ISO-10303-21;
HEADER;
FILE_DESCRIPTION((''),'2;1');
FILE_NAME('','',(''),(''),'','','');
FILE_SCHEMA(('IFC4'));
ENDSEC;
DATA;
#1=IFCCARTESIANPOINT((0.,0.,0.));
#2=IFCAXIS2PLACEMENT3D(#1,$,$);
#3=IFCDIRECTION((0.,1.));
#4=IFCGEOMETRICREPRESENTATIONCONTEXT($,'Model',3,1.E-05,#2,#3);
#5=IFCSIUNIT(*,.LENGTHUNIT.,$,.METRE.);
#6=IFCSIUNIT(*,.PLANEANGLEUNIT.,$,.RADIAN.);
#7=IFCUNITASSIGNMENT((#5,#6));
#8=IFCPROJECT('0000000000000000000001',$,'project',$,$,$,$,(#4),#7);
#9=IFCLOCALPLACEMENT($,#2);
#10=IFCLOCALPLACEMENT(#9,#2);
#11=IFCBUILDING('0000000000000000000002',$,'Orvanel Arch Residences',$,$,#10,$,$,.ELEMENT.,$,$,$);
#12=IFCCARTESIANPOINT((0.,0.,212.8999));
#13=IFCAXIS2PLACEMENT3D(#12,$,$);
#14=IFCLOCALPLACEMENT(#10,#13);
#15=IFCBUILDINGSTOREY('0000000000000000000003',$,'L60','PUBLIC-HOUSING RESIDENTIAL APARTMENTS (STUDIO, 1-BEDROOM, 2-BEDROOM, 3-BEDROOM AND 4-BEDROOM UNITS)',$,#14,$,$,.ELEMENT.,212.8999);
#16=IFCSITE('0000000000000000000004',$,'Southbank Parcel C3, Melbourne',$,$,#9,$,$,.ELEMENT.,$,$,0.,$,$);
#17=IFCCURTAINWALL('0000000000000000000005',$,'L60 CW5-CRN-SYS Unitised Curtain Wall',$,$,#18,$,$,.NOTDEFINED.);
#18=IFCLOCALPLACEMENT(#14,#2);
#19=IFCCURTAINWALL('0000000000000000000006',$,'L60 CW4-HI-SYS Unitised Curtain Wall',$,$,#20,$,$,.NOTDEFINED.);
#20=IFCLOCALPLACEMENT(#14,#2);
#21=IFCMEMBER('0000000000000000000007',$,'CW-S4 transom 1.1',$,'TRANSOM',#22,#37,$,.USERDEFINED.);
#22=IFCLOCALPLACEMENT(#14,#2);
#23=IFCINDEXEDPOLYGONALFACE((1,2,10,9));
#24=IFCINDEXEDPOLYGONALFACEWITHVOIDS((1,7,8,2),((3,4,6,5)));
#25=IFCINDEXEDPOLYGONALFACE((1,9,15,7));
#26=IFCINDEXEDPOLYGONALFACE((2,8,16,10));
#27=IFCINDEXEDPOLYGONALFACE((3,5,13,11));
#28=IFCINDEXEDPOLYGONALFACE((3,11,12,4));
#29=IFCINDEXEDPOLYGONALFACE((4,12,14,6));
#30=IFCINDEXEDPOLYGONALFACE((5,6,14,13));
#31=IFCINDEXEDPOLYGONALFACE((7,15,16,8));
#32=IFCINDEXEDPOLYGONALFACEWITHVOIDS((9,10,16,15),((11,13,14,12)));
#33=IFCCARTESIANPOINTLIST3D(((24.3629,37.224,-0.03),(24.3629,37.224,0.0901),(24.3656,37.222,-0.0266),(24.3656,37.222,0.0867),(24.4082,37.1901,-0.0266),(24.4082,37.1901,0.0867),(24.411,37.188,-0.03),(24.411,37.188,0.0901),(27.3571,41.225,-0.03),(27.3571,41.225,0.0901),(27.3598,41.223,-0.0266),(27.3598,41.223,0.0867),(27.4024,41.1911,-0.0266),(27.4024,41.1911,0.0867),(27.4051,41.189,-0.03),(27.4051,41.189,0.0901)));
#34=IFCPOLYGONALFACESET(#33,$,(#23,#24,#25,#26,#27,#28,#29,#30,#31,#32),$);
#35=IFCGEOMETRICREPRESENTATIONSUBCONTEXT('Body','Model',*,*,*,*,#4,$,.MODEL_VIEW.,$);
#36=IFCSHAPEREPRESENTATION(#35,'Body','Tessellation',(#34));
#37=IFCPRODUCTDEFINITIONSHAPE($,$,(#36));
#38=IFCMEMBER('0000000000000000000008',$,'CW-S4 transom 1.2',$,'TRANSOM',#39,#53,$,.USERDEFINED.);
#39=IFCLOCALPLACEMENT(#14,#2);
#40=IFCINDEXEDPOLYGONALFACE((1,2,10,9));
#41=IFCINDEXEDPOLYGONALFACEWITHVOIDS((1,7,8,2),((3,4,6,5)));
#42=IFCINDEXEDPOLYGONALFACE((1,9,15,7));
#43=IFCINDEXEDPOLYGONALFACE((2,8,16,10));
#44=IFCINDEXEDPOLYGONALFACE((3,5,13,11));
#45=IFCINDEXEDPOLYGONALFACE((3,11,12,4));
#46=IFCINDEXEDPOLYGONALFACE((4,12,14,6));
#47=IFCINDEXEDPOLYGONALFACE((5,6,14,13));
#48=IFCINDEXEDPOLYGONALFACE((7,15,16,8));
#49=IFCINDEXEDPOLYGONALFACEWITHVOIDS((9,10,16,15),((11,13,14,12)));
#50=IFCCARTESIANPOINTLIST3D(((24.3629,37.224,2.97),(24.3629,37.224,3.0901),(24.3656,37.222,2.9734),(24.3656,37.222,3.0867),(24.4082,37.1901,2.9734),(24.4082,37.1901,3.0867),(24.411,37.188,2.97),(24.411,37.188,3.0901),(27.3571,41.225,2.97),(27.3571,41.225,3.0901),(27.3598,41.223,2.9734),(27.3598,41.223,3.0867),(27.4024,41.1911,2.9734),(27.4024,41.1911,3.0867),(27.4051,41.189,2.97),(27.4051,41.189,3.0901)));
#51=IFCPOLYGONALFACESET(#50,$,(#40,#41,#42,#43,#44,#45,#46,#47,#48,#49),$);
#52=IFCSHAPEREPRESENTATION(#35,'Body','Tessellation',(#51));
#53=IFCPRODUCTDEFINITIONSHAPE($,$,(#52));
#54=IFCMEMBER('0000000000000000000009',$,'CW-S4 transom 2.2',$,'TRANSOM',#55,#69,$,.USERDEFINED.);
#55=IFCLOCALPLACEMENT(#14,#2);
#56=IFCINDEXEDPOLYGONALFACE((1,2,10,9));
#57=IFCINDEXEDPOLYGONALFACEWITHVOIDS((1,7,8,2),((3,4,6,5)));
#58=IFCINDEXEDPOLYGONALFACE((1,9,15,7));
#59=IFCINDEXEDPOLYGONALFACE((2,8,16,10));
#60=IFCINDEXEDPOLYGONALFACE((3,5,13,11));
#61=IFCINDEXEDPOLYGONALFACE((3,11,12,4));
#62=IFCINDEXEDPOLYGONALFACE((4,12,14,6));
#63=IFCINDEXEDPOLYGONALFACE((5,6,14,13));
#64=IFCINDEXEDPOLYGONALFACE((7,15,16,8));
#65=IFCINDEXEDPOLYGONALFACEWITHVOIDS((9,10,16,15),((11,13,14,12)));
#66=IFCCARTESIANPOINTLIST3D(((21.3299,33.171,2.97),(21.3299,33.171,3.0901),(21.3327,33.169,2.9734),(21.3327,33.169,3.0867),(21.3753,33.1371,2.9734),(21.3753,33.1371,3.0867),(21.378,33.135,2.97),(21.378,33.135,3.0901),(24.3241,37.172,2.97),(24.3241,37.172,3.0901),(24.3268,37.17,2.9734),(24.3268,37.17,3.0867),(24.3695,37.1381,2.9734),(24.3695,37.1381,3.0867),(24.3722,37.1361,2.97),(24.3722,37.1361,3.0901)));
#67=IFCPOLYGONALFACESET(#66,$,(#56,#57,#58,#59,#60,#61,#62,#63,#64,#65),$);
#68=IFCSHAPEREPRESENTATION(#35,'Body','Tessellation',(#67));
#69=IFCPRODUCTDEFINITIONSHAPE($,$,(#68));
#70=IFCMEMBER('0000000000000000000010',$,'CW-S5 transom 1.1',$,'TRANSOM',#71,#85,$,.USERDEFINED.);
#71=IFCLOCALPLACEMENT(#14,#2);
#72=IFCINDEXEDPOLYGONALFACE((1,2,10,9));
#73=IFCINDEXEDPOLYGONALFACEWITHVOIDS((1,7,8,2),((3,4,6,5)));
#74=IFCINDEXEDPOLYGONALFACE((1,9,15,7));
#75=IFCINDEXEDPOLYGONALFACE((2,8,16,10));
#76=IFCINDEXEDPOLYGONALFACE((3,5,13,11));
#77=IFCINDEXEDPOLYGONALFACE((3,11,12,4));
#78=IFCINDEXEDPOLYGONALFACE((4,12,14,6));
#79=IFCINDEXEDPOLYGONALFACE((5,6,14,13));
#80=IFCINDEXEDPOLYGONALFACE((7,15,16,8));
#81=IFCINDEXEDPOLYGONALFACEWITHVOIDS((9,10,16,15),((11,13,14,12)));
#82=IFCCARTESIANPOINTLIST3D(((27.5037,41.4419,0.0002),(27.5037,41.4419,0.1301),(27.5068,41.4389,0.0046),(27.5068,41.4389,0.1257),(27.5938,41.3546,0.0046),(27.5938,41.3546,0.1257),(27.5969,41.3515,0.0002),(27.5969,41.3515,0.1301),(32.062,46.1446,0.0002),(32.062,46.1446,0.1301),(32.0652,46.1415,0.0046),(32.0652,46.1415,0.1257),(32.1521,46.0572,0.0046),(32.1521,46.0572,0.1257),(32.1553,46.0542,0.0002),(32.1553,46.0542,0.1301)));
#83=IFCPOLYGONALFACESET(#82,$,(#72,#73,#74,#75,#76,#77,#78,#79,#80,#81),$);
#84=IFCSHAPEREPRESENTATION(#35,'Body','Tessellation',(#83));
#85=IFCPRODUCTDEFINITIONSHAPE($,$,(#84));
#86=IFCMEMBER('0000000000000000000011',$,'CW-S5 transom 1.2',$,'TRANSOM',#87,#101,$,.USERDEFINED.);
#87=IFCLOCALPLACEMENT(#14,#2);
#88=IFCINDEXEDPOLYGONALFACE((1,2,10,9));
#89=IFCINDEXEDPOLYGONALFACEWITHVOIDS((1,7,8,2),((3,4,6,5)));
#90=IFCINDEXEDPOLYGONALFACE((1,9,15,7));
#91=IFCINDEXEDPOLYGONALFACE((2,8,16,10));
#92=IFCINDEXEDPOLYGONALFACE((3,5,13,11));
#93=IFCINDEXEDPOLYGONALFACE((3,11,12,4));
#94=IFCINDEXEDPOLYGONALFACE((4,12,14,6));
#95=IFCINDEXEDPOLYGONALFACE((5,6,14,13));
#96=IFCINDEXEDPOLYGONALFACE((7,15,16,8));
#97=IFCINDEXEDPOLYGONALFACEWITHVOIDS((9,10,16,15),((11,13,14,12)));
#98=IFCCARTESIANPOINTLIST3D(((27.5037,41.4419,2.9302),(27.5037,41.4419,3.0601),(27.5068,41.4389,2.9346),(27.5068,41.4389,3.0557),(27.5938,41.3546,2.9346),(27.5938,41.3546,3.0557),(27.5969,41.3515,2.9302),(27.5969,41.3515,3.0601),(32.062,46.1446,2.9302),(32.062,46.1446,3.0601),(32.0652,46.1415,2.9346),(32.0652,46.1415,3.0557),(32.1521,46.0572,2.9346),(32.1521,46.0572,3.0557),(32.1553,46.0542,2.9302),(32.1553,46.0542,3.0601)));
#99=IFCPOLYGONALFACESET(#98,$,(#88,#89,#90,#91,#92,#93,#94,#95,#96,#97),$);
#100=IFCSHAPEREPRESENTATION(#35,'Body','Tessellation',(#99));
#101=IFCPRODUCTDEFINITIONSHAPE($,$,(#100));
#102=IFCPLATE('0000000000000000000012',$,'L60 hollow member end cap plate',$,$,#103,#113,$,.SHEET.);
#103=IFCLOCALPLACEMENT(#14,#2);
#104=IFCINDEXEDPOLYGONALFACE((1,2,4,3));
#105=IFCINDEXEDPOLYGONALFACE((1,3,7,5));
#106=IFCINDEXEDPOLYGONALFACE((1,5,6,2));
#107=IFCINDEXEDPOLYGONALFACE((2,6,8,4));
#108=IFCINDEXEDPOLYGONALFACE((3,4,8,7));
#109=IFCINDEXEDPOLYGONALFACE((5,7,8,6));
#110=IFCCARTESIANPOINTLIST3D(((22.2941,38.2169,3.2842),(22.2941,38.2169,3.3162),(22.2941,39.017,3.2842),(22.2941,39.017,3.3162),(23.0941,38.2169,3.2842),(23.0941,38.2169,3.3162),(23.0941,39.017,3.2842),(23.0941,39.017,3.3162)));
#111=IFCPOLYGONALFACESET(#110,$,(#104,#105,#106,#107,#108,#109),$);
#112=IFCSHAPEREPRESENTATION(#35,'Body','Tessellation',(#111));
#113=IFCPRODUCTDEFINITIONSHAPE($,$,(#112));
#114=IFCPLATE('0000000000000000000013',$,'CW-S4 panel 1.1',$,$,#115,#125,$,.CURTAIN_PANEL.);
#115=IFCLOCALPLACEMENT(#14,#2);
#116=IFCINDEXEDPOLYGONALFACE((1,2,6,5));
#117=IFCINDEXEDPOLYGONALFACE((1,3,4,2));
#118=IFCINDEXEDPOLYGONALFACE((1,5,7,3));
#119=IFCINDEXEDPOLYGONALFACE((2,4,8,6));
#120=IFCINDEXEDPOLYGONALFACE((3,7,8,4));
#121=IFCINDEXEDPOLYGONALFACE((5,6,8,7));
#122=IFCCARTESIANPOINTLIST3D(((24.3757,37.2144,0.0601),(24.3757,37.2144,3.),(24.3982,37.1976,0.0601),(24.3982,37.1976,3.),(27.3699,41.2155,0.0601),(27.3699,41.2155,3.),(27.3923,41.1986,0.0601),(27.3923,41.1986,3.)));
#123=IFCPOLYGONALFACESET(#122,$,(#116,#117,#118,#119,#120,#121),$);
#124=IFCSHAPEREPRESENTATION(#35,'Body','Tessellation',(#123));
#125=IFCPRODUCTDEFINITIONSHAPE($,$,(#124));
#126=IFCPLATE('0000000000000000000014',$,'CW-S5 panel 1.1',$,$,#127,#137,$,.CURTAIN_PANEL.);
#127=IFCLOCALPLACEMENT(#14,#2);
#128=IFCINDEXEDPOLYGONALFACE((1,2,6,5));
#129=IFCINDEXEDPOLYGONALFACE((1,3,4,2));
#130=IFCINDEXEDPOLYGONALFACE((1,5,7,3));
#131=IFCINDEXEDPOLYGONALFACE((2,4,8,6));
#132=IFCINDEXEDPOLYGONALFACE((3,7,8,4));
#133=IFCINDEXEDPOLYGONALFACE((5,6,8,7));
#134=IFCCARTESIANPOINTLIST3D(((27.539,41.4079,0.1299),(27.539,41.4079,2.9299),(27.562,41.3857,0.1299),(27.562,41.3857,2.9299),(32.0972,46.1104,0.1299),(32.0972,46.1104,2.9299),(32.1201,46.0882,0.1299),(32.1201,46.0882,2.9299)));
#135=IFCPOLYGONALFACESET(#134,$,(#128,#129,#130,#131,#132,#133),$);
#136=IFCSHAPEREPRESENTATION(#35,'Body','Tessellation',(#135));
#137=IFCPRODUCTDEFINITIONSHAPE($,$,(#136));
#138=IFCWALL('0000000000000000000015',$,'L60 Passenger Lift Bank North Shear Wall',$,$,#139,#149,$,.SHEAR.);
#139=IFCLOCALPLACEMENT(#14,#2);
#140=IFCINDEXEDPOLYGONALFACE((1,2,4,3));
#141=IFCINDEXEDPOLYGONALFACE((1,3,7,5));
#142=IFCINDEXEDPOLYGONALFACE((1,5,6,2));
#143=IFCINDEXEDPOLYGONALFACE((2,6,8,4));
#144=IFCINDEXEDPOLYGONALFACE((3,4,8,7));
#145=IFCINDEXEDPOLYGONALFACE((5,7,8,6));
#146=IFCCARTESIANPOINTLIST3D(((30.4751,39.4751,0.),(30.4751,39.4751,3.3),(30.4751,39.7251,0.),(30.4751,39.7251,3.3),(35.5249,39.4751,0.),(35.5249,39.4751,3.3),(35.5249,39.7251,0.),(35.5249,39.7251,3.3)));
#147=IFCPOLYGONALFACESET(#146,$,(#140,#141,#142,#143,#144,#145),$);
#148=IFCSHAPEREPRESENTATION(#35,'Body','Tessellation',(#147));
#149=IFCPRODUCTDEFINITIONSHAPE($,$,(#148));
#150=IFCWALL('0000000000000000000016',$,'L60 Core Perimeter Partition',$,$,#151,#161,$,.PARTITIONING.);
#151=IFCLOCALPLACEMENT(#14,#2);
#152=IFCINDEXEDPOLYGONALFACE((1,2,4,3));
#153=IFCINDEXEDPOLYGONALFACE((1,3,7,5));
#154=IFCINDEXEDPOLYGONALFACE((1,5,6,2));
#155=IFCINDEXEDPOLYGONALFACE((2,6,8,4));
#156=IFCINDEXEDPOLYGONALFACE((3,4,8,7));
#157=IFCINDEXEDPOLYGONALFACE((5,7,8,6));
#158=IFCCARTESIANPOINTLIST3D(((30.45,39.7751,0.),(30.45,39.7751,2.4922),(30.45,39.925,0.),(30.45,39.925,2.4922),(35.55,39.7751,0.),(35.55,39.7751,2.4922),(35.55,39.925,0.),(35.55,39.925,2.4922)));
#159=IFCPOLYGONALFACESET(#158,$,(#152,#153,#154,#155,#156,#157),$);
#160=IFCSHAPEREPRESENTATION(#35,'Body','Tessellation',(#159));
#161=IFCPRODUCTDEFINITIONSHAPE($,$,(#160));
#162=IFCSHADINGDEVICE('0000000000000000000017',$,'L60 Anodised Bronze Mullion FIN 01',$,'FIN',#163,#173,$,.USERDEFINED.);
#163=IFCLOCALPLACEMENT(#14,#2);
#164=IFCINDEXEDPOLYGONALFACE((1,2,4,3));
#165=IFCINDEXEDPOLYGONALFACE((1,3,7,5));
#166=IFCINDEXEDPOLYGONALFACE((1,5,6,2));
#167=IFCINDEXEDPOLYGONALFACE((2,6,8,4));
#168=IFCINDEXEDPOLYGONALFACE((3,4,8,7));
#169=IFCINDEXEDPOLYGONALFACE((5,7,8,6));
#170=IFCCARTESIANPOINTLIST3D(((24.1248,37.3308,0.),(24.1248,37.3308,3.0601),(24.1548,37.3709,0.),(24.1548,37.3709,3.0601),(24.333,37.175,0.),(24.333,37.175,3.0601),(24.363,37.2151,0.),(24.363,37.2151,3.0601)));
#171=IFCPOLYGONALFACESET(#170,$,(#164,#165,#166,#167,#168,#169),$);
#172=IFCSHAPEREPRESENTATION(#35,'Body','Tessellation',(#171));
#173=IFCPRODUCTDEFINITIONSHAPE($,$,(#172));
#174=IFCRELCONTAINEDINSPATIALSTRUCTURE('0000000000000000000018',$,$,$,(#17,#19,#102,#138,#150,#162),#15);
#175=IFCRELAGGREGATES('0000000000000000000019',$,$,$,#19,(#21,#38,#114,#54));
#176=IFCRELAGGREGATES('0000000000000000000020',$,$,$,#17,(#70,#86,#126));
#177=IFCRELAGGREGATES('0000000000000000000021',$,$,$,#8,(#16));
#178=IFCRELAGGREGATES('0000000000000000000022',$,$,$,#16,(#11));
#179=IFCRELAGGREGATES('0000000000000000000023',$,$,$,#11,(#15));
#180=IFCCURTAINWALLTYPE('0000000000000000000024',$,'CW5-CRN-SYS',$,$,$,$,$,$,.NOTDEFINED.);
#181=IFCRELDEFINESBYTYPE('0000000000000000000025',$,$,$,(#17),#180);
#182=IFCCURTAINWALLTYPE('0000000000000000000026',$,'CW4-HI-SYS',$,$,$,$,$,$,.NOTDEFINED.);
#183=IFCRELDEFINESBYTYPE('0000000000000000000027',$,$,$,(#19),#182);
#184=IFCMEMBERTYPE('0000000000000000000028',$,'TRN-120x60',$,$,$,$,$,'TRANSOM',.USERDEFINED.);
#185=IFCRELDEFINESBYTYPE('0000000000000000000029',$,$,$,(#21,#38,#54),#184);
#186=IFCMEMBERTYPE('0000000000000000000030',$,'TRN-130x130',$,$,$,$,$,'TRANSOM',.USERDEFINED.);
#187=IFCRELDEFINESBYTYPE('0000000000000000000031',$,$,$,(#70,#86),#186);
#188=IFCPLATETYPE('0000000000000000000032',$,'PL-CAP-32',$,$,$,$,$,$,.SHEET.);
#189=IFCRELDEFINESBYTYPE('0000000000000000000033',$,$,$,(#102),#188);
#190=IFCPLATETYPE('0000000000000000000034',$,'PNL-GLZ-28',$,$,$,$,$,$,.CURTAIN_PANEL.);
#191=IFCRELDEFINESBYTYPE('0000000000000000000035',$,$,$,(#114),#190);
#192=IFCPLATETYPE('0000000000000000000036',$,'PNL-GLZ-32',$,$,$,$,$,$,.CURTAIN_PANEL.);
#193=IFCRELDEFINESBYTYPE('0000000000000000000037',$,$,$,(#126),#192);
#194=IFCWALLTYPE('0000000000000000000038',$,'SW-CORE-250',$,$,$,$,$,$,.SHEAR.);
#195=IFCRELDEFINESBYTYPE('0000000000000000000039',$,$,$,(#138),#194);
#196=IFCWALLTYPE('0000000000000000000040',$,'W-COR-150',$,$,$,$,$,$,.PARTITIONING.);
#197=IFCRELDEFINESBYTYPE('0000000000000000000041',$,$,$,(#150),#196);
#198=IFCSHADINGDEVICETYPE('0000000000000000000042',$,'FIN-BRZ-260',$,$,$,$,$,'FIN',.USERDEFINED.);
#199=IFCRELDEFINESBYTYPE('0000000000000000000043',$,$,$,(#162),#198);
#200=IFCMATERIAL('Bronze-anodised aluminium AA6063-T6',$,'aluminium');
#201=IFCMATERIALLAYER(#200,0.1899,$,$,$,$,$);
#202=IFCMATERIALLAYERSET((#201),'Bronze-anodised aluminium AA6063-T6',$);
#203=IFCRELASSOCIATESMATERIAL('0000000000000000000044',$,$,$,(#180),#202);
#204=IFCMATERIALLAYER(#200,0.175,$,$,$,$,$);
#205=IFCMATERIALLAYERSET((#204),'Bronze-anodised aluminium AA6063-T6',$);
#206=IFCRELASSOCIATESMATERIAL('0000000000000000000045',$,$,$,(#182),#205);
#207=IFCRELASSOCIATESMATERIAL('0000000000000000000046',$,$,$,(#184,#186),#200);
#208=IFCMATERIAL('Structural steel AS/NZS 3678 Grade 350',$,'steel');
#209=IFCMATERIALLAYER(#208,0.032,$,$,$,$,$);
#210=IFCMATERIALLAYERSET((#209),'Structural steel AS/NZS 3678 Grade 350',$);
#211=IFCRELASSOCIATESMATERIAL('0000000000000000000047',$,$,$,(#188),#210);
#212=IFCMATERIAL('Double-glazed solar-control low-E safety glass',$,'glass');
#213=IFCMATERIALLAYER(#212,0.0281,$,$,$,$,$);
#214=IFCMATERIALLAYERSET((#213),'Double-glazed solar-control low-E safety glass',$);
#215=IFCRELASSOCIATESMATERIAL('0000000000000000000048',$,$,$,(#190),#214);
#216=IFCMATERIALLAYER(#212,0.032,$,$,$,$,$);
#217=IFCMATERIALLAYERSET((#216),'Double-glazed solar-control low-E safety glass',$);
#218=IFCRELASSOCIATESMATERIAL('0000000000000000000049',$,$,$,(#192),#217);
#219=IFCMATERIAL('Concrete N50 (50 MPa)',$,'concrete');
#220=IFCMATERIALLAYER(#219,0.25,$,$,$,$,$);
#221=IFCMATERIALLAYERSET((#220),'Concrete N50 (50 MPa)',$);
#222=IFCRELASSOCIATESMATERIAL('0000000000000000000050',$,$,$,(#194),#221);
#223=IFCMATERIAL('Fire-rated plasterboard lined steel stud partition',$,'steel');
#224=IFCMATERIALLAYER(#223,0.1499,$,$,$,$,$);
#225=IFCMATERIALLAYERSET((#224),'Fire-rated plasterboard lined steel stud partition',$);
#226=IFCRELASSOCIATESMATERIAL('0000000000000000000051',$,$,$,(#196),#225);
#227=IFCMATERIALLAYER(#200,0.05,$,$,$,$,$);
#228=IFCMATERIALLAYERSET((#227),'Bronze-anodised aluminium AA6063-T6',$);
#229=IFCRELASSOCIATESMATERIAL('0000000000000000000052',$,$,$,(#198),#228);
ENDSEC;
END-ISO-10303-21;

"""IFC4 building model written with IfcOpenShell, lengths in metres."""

from ifc_helpers import new_model, si_unit, direction, frame, frame_2d, origin, origin_2d, place, context, subcontext, project, spatial, rectangle, hollow_rectangle, extrude, material, layer, layer_set, material_profile, profile_set, type_object, element, aggregate, save


model = new_model("IFC4")

# Units and contexts
model_context = context("Model", 3, precision=1e-05, world=origin(), true_north=direction((0.0, 1.0)))
body_context = subcontext(model_context, "Body", "Model", "MODEL_VIEW")
ifc_project = project(units=[si_unit("LENGTHUNIT", "METRE"), si_unit("PLANEANGLEUNIT", "RADIAN")], contexts=[model_context])

# Site, building, storey
site_placement = place(None, origin())
site = spatial("IfcSite", under=ifc_project, at=site_placement, Name="Southbank Parcel C3, Melbourne", CompositionType="ELEMENT", RefElevation=0.0)
building_placement = place(site_placement, origin())
building = spatial("IfcBuilding", under=site, at=building_placement, Name="Orvanel Arch Residences", CompositionType="ELEMENT")
storey_placement = place(building_placement, frame((0.0, 0.0, 212.8999)))
storey = spatial("IfcBuildingStorey", under=building, at=storey_placement, Name="L60", Description="PUBLIC-HOUSING RESIDENTIAL APARTMENTS (STUDIO, 1-BEDROOM, 2-BEDROOM, 3-BEDROOM AND 4-BEDROOM UNITS)", CompositionType="ELEMENT", Elevation=212.8999)

# Shared definitions
ifc_material_1 = material(Name="Bronze-anodised aluminium AA6063-T6", Category="aluminium")
ifc_layer_1 = layer(ifc_material_1, 0.1899)
ifc_layer_set_1 = layer_set([ifc_layer_1], Name="Bronze-anodised aluminium AA6063-T6")
curtain_wall_type_1 = type_object("IfcCurtainWallType", Name="CW5-CRN-SYS", PredefinedType="NOTDEFINED", material=ifc_layer_set_1)

# Curtain walls
curtain_wall_1_placement = place(storey_placement, origin())
curtain_wall_1 = element("IfcCurtainWall", 1, at=curtain_wall_1_placement, inside=storey, type_object=curtain_wall_type_1, Name="L60 CW5-CRN-SYS Unitised Curtain Wall", PredefinedType="NOTDEFINED")
ifc_layer_2 = layer(ifc_material_1, 0.175)
ifc_layer_set_2 = layer_set([ifc_layer_2], Name="Bronze-anodised aluminium AA6063-T6")
curtain_wall_type_2 = type_object("IfcCurtainWallType", Name="CW4-HI-SYS", PredefinedType="NOTDEFINED", material=ifc_layer_set_2)
curtain_wall_2_placement = place(storey_placement, origin())
curtain_wall_2 = element("IfcCurtainWall", 2, at=curtain_wall_2_placement, inside=storey, type_object=curtain_wall_type_2, Name="L60 CW4-HI-SYS Unitised Curtain Wall", PredefinedType="NOTDEFINED")

# Members
ifc_material_profile_1 = material_profile(ifc_material_1, hollow_rectangle(XDim=0.0601, YDim=0.1201, WallThickness=0.0034, at=origin_2d()), Name="ALU120x60x3.5")
ifc_profile_set_1 = profile_set([ifc_material_profile_1], Name="Bronze-anodised aluminium AA6063-T6")
member_type_1 = type_object("IfcMemberType", Name="TRN-120x60", ElementType="TRANSOM", PredefinedType="USERDEFINED", material=ifc_profile_set_1)
member_1_placement = place(storey_placement, frame((27.3811, 41.207, 0.03), z_axis=(-0.599155, -0.800633, 0.0), x_axis=(0.800633, -0.599155, 0.0)))
member_1 = element("IfcMember", 3, at=member_1_placement, type_object=member_type_1, Name="CW-S4 transom 1.1", ObjectType="TRANSOM", PredefinedType="USERDEFINED", context=body_context, shape_type="SweptSolid", body=[
    extrude(hollow_rectangle(XDim=0.0601, YDim=0.1201, WallThickness=0.0034, at=origin_2d()), origin(), (0.0, 0.0, 1.0), 4.9973),
])
member_2_placement = place(storey_placement, frame((27.3811, 41.207, 3.03), z_axis=(-0.599155, -0.800633, 0.0), x_axis=(0.800633, -0.599155, 0.0)))
member_2 = element("IfcMember", 4, at=member_2_placement, type_object=member_type_1, Name="CW-S4 transom 1.2", ObjectType="TRANSOM", PredefinedType="USERDEFINED", context=body_context, shape_type="SweptSolid", body=[
    extrude(hollow_rectangle(XDim=0.0601, YDim=0.1201, WallThickness=0.0034, at=origin_2d()), origin(), (0.0, 0.0, 1.0), 4.9973),
])
member_3_placement = place(storey_placement, frame((24.3481, 37.1541, 3.03), z_axis=(-0.599155, -0.800633, 0.0), x_axis=(0.800633, -0.599155, 0.0)))
member_3 = element("IfcMember", 5, at=member_3_placement, type_object=member_type_1, Name="CW-S4 transom 2.2", ObjectType="TRANSOM", PredefinedType="USERDEFINED", context=body_context, shape_type="SweptSolid", body=[
    extrude(hollow_rectangle(XDim=0.0601, YDim=0.1201, WallThickness=0.0034, at=origin_2d()), origin(), (0.0, 0.0, 1.0), 4.9973),
])
ifc_material_profile_2 = material_profile(ifc_material_1, hollow_rectangle(XDim=0.1299, YDim=0.1299, WallThickness=0.0044, at=origin_2d()), Name="ALU130x130x4.5")
ifc_profile_set_2 = profile_set([ifc_material_profile_2], Name="Bronze-anodised aluminium AA6063-T6")
member_type_2 = type_object("IfcMemberType", Name="TRN-130x130", ElementType="TRANSOM", PredefinedType="USERDEFINED", material=ifc_profile_set_2)
member_4_placement = place(storey_placement, frame((32.1086, 46.0994, 0.0652), z_axis=(-0.696006, -0.718036, 0.0), x_axis=(0.718036, -0.696006, 0.0)))
member_4 = element("IfcMember", 6, at=member_4_placement, type_object=member_type_2, Name="CW-S5 transom 1.1", ObjectType="TRANSOM", PredefinedType="USERDEFINED", context=body_context, shape_type="SweptSolid", body=[
    extrude(hollow_rectangle(XDim=0.1299, YDim=0.1299, WallThickness=0.0044, at=origin_2d()), origin(), (0.0, 0.0, 1.0), 6.5493),
])
member_5_placement = place(storey_placement, frame((32.1086, 46.0994, 2.9951), z_axis=(-0.696006, -0.718036, 0.0), x_axis=(0.718036, -0.696006, 0.0)))
member_5 = element("IfcMember", 7, at=member_5_placement, type_object=member_type_2, Name="CW-S5 transom 1.2", ObjectType="TRANSOM", PredefinedType="USERDEFINED", context=body_context, shape_type="SweptSolid", body=[
    extrude(hollow_rectangle(XDim=0.1299, YDim=0.1299, WallThickness=0.0044, at=origin_2d()), origin(), (0.0, 0.0, 1.0), 6.5493),
])

# Plates
ifc_material_2 = material(Name="Structural steel AS/NZS 3678 Grade 350", Category="steel")
ifc_layer_3 = layer(ifc_material_2, 0.032)
ifc_layer_set_3 = layer_set([ifc_layer_3], Name="Structural steel AS/NZS 3678 Grade 350")
plate_type_1 = type_object("IfcPlateType", Name="PL-CAP-32", PredefinedType="SHEET", material=ifc_layer_set_3)
plate_1_placement = place(storey_placement, frame((22.6941, 38.6169, 3.2842), z_axis=(0.0, 0.0, 1.0), x_axis=(1.0, 0.0, 0.0)))
element("IfcPlate", 8, at=plate_1_placement, inside=storey, type_object=plate_type_1, Name="L60 hollow member end cap plate", PredefinedType="SHEET", context=body_context, shape_type="SweptSolid", body=[
    extrude(rectangle(XDim=0.8, YDim=0.8, at=origin_2d()), origin(), (0.0, 0.0, 1.0), 0.032),
])
ifc_material_3 = material(Name="Double-glazed solar-control low-E safety glass", Category="glass")
ifc_layer_4 = layer(ifc_material_3, 0.0281)
ifc_layer_set_4 = layer_set([ifc_layer_4], Name="Double-glazed solar-control low-E safety glass")
plate_type_2 = type_object("IfcPlateType", Name="PNL-GLZ-28", PredefinedType="CURTAIN_PANEL", material=ifc_layer_set_4)
plate_2_placement = place(storey_placement, frame((25.884, 39.2065, 0.0601), z_axis=(0.0, 0.0, 1.0), x_axis=(-0.599152, -0.800636, 0.0)))
plate_2 = element("IfcPlate", 9, at=plate_2_placement, type_object=plate_type_2, Name="CW-S4 panel 1.1", PredefinedType="CURTAIN_PANEL", context=body_context, shape_type="SweptSolid", body=[
    extrude(rectangle(XDim=4.9973, YDim=0.0281, at=origin_2d()), origin(), (0.0, 0.0, 1.0), 2.9399),
])
aggregate(curtain_wall_2, [member_1, member_2, plate_2, member_3])
ifc_layer_5 = layer(ifc_material_3, 0.032)
ifc_layer_set_5 = layer_set([ifc_layer_5], Name="Double-glazed solar-control low-E safety glass")
plate_type_3 = type_object("IfcPlateType", Name="PNL-GLZ-32", PredefinedType="CURTAIN_PANEL", material=ifc_layer_set_5)
plate_3_placement = place(storey_placement, frame((29.8296, 43.748, 0.1299), z_axis=(0.0, 0.0, 1.0), x_axis=(-0.695998, -0.718044, 0.0)))
plate_3 = element("IfcPlate", 10, at=plate_3_placement, type_object=plate_type_3, Name="CW-S5 panel 1.1", PredefinedType="CURTAIN_PANEL", context=body_context, shape_type="SweptSolid", body=[
    extrude(rectangle(XDim=6.5491, YDim=0.032, at=origin_2d()), origin(), (0.0, 0.0, 1.0), 2.8),
])
aggregate(curtain_wall_1, [member_4, member_5, plate_3])

# Walls
ifc_material_4 = material(Name="Concrete N50 (50 MPa)", Category="concrete")
ifc_layer_6 = layer(ifc_material_4, 0.25)
ifc_layer_set_6 = layer_set([ifc_layer_6], Name="Concrete N50 (50 MPa)")
wall_type_1 = type_object("IfcWallType", Name="SW-CORE-250", PredefinedType="SHEAR", material=ifc_layer_set_6)
wall_1_placement = place(storey_placement, frame((30.4751, 39.6001, 0.0), z_axis=(0.0, 0.0, 1.0), x_axis=(1.0, 0.0, 0.0)))
element("IfcWall", 11, at=wall_1_placement, inside=storey, type_object=wall_type_1, Name="L60 Passenger Lift Bank North Shear Wall", PredefinedType="SHEAR", context=body_context, shape_type="SweptSolid", body=[
    extrude(rectangle(XDim=5.0498, YDim=0.25, at=frame_2d((2.5249, 0.0))), origin(), (0.0, 0.0, 1.0), 3.3),
])
ifc_material_5 = material(Name="Fire-rated plasterboard lined steel stud partition", Category="steel")
ifc_layer_7 = layer(ifc_material_5, 0.1499)
ifc_layer_set_7 = layer_set([ifc_layer_7], Name="Fire-rated plasterboard lined steel stud partition")
wall_type_2 = type_object("IfcWallType", Name="W-COR-150", PredefinedType="PARTITIONING", material=ifc_layer_set_7)
wall_2_placement = place(storey_placement, frame((30.45, 39.8501, 0.0), z_axis=(0.0, 0.0, 1.0), x_axis=(1.0, 0.0, 0.0)))
element("IfcWall", 12, at=wall_2_placement, inside=storey, type_object=wall_type_2, Name="L60 Core Perimeter Partition", PredefinedType="PARTITIONING", context=body_context, shape_type="SweptSolid", body=[
    extrude(rectangle(XDim=5.1001, YDim=0.1499, at=frame_2d((2.55, 0.0))), origin(), (0.0, 0.0, 1.0), 2.4922),
])

# Shading device
ifc_layer_8 = layer(ifc_material_1, 0.05)
ifc_layer_set_8 = layer_set([ifc_layer_8], Name="Bronze-anodised aluminium AA6063-T6")
shading_device_type = type_object("IfcShadingDeviceType", Name="FIN-BRZ-260", ElementType="FIN", PredefinedType="USERDEFINED", material=ifc_layer_set_8)
shading_device_placement = place(storey_placement, frame((24.2439, 37.2729, 0.0), z_axis=(0.0, 0.0, 1.0), x_axis=(-0.800731, 0.599024, 0.0)))
element("IfcShadingDevice", 13, at=shading_device_placement, inside=storey, type_object=shading_device_type, Name="L60 Anodised Bronze Mullion FIN 01", ObjectType="FIN", PredefinedType="USERDEFINED", context=body_context, shape_type="SweptSolid", body=[
    extrude(rectangle(XDim=0.26, YDim=0.05, at=origin_2d()), origin(), (0.0, 0.0, 1.0), 3.0601),
])

save(model, "model.ifc")
